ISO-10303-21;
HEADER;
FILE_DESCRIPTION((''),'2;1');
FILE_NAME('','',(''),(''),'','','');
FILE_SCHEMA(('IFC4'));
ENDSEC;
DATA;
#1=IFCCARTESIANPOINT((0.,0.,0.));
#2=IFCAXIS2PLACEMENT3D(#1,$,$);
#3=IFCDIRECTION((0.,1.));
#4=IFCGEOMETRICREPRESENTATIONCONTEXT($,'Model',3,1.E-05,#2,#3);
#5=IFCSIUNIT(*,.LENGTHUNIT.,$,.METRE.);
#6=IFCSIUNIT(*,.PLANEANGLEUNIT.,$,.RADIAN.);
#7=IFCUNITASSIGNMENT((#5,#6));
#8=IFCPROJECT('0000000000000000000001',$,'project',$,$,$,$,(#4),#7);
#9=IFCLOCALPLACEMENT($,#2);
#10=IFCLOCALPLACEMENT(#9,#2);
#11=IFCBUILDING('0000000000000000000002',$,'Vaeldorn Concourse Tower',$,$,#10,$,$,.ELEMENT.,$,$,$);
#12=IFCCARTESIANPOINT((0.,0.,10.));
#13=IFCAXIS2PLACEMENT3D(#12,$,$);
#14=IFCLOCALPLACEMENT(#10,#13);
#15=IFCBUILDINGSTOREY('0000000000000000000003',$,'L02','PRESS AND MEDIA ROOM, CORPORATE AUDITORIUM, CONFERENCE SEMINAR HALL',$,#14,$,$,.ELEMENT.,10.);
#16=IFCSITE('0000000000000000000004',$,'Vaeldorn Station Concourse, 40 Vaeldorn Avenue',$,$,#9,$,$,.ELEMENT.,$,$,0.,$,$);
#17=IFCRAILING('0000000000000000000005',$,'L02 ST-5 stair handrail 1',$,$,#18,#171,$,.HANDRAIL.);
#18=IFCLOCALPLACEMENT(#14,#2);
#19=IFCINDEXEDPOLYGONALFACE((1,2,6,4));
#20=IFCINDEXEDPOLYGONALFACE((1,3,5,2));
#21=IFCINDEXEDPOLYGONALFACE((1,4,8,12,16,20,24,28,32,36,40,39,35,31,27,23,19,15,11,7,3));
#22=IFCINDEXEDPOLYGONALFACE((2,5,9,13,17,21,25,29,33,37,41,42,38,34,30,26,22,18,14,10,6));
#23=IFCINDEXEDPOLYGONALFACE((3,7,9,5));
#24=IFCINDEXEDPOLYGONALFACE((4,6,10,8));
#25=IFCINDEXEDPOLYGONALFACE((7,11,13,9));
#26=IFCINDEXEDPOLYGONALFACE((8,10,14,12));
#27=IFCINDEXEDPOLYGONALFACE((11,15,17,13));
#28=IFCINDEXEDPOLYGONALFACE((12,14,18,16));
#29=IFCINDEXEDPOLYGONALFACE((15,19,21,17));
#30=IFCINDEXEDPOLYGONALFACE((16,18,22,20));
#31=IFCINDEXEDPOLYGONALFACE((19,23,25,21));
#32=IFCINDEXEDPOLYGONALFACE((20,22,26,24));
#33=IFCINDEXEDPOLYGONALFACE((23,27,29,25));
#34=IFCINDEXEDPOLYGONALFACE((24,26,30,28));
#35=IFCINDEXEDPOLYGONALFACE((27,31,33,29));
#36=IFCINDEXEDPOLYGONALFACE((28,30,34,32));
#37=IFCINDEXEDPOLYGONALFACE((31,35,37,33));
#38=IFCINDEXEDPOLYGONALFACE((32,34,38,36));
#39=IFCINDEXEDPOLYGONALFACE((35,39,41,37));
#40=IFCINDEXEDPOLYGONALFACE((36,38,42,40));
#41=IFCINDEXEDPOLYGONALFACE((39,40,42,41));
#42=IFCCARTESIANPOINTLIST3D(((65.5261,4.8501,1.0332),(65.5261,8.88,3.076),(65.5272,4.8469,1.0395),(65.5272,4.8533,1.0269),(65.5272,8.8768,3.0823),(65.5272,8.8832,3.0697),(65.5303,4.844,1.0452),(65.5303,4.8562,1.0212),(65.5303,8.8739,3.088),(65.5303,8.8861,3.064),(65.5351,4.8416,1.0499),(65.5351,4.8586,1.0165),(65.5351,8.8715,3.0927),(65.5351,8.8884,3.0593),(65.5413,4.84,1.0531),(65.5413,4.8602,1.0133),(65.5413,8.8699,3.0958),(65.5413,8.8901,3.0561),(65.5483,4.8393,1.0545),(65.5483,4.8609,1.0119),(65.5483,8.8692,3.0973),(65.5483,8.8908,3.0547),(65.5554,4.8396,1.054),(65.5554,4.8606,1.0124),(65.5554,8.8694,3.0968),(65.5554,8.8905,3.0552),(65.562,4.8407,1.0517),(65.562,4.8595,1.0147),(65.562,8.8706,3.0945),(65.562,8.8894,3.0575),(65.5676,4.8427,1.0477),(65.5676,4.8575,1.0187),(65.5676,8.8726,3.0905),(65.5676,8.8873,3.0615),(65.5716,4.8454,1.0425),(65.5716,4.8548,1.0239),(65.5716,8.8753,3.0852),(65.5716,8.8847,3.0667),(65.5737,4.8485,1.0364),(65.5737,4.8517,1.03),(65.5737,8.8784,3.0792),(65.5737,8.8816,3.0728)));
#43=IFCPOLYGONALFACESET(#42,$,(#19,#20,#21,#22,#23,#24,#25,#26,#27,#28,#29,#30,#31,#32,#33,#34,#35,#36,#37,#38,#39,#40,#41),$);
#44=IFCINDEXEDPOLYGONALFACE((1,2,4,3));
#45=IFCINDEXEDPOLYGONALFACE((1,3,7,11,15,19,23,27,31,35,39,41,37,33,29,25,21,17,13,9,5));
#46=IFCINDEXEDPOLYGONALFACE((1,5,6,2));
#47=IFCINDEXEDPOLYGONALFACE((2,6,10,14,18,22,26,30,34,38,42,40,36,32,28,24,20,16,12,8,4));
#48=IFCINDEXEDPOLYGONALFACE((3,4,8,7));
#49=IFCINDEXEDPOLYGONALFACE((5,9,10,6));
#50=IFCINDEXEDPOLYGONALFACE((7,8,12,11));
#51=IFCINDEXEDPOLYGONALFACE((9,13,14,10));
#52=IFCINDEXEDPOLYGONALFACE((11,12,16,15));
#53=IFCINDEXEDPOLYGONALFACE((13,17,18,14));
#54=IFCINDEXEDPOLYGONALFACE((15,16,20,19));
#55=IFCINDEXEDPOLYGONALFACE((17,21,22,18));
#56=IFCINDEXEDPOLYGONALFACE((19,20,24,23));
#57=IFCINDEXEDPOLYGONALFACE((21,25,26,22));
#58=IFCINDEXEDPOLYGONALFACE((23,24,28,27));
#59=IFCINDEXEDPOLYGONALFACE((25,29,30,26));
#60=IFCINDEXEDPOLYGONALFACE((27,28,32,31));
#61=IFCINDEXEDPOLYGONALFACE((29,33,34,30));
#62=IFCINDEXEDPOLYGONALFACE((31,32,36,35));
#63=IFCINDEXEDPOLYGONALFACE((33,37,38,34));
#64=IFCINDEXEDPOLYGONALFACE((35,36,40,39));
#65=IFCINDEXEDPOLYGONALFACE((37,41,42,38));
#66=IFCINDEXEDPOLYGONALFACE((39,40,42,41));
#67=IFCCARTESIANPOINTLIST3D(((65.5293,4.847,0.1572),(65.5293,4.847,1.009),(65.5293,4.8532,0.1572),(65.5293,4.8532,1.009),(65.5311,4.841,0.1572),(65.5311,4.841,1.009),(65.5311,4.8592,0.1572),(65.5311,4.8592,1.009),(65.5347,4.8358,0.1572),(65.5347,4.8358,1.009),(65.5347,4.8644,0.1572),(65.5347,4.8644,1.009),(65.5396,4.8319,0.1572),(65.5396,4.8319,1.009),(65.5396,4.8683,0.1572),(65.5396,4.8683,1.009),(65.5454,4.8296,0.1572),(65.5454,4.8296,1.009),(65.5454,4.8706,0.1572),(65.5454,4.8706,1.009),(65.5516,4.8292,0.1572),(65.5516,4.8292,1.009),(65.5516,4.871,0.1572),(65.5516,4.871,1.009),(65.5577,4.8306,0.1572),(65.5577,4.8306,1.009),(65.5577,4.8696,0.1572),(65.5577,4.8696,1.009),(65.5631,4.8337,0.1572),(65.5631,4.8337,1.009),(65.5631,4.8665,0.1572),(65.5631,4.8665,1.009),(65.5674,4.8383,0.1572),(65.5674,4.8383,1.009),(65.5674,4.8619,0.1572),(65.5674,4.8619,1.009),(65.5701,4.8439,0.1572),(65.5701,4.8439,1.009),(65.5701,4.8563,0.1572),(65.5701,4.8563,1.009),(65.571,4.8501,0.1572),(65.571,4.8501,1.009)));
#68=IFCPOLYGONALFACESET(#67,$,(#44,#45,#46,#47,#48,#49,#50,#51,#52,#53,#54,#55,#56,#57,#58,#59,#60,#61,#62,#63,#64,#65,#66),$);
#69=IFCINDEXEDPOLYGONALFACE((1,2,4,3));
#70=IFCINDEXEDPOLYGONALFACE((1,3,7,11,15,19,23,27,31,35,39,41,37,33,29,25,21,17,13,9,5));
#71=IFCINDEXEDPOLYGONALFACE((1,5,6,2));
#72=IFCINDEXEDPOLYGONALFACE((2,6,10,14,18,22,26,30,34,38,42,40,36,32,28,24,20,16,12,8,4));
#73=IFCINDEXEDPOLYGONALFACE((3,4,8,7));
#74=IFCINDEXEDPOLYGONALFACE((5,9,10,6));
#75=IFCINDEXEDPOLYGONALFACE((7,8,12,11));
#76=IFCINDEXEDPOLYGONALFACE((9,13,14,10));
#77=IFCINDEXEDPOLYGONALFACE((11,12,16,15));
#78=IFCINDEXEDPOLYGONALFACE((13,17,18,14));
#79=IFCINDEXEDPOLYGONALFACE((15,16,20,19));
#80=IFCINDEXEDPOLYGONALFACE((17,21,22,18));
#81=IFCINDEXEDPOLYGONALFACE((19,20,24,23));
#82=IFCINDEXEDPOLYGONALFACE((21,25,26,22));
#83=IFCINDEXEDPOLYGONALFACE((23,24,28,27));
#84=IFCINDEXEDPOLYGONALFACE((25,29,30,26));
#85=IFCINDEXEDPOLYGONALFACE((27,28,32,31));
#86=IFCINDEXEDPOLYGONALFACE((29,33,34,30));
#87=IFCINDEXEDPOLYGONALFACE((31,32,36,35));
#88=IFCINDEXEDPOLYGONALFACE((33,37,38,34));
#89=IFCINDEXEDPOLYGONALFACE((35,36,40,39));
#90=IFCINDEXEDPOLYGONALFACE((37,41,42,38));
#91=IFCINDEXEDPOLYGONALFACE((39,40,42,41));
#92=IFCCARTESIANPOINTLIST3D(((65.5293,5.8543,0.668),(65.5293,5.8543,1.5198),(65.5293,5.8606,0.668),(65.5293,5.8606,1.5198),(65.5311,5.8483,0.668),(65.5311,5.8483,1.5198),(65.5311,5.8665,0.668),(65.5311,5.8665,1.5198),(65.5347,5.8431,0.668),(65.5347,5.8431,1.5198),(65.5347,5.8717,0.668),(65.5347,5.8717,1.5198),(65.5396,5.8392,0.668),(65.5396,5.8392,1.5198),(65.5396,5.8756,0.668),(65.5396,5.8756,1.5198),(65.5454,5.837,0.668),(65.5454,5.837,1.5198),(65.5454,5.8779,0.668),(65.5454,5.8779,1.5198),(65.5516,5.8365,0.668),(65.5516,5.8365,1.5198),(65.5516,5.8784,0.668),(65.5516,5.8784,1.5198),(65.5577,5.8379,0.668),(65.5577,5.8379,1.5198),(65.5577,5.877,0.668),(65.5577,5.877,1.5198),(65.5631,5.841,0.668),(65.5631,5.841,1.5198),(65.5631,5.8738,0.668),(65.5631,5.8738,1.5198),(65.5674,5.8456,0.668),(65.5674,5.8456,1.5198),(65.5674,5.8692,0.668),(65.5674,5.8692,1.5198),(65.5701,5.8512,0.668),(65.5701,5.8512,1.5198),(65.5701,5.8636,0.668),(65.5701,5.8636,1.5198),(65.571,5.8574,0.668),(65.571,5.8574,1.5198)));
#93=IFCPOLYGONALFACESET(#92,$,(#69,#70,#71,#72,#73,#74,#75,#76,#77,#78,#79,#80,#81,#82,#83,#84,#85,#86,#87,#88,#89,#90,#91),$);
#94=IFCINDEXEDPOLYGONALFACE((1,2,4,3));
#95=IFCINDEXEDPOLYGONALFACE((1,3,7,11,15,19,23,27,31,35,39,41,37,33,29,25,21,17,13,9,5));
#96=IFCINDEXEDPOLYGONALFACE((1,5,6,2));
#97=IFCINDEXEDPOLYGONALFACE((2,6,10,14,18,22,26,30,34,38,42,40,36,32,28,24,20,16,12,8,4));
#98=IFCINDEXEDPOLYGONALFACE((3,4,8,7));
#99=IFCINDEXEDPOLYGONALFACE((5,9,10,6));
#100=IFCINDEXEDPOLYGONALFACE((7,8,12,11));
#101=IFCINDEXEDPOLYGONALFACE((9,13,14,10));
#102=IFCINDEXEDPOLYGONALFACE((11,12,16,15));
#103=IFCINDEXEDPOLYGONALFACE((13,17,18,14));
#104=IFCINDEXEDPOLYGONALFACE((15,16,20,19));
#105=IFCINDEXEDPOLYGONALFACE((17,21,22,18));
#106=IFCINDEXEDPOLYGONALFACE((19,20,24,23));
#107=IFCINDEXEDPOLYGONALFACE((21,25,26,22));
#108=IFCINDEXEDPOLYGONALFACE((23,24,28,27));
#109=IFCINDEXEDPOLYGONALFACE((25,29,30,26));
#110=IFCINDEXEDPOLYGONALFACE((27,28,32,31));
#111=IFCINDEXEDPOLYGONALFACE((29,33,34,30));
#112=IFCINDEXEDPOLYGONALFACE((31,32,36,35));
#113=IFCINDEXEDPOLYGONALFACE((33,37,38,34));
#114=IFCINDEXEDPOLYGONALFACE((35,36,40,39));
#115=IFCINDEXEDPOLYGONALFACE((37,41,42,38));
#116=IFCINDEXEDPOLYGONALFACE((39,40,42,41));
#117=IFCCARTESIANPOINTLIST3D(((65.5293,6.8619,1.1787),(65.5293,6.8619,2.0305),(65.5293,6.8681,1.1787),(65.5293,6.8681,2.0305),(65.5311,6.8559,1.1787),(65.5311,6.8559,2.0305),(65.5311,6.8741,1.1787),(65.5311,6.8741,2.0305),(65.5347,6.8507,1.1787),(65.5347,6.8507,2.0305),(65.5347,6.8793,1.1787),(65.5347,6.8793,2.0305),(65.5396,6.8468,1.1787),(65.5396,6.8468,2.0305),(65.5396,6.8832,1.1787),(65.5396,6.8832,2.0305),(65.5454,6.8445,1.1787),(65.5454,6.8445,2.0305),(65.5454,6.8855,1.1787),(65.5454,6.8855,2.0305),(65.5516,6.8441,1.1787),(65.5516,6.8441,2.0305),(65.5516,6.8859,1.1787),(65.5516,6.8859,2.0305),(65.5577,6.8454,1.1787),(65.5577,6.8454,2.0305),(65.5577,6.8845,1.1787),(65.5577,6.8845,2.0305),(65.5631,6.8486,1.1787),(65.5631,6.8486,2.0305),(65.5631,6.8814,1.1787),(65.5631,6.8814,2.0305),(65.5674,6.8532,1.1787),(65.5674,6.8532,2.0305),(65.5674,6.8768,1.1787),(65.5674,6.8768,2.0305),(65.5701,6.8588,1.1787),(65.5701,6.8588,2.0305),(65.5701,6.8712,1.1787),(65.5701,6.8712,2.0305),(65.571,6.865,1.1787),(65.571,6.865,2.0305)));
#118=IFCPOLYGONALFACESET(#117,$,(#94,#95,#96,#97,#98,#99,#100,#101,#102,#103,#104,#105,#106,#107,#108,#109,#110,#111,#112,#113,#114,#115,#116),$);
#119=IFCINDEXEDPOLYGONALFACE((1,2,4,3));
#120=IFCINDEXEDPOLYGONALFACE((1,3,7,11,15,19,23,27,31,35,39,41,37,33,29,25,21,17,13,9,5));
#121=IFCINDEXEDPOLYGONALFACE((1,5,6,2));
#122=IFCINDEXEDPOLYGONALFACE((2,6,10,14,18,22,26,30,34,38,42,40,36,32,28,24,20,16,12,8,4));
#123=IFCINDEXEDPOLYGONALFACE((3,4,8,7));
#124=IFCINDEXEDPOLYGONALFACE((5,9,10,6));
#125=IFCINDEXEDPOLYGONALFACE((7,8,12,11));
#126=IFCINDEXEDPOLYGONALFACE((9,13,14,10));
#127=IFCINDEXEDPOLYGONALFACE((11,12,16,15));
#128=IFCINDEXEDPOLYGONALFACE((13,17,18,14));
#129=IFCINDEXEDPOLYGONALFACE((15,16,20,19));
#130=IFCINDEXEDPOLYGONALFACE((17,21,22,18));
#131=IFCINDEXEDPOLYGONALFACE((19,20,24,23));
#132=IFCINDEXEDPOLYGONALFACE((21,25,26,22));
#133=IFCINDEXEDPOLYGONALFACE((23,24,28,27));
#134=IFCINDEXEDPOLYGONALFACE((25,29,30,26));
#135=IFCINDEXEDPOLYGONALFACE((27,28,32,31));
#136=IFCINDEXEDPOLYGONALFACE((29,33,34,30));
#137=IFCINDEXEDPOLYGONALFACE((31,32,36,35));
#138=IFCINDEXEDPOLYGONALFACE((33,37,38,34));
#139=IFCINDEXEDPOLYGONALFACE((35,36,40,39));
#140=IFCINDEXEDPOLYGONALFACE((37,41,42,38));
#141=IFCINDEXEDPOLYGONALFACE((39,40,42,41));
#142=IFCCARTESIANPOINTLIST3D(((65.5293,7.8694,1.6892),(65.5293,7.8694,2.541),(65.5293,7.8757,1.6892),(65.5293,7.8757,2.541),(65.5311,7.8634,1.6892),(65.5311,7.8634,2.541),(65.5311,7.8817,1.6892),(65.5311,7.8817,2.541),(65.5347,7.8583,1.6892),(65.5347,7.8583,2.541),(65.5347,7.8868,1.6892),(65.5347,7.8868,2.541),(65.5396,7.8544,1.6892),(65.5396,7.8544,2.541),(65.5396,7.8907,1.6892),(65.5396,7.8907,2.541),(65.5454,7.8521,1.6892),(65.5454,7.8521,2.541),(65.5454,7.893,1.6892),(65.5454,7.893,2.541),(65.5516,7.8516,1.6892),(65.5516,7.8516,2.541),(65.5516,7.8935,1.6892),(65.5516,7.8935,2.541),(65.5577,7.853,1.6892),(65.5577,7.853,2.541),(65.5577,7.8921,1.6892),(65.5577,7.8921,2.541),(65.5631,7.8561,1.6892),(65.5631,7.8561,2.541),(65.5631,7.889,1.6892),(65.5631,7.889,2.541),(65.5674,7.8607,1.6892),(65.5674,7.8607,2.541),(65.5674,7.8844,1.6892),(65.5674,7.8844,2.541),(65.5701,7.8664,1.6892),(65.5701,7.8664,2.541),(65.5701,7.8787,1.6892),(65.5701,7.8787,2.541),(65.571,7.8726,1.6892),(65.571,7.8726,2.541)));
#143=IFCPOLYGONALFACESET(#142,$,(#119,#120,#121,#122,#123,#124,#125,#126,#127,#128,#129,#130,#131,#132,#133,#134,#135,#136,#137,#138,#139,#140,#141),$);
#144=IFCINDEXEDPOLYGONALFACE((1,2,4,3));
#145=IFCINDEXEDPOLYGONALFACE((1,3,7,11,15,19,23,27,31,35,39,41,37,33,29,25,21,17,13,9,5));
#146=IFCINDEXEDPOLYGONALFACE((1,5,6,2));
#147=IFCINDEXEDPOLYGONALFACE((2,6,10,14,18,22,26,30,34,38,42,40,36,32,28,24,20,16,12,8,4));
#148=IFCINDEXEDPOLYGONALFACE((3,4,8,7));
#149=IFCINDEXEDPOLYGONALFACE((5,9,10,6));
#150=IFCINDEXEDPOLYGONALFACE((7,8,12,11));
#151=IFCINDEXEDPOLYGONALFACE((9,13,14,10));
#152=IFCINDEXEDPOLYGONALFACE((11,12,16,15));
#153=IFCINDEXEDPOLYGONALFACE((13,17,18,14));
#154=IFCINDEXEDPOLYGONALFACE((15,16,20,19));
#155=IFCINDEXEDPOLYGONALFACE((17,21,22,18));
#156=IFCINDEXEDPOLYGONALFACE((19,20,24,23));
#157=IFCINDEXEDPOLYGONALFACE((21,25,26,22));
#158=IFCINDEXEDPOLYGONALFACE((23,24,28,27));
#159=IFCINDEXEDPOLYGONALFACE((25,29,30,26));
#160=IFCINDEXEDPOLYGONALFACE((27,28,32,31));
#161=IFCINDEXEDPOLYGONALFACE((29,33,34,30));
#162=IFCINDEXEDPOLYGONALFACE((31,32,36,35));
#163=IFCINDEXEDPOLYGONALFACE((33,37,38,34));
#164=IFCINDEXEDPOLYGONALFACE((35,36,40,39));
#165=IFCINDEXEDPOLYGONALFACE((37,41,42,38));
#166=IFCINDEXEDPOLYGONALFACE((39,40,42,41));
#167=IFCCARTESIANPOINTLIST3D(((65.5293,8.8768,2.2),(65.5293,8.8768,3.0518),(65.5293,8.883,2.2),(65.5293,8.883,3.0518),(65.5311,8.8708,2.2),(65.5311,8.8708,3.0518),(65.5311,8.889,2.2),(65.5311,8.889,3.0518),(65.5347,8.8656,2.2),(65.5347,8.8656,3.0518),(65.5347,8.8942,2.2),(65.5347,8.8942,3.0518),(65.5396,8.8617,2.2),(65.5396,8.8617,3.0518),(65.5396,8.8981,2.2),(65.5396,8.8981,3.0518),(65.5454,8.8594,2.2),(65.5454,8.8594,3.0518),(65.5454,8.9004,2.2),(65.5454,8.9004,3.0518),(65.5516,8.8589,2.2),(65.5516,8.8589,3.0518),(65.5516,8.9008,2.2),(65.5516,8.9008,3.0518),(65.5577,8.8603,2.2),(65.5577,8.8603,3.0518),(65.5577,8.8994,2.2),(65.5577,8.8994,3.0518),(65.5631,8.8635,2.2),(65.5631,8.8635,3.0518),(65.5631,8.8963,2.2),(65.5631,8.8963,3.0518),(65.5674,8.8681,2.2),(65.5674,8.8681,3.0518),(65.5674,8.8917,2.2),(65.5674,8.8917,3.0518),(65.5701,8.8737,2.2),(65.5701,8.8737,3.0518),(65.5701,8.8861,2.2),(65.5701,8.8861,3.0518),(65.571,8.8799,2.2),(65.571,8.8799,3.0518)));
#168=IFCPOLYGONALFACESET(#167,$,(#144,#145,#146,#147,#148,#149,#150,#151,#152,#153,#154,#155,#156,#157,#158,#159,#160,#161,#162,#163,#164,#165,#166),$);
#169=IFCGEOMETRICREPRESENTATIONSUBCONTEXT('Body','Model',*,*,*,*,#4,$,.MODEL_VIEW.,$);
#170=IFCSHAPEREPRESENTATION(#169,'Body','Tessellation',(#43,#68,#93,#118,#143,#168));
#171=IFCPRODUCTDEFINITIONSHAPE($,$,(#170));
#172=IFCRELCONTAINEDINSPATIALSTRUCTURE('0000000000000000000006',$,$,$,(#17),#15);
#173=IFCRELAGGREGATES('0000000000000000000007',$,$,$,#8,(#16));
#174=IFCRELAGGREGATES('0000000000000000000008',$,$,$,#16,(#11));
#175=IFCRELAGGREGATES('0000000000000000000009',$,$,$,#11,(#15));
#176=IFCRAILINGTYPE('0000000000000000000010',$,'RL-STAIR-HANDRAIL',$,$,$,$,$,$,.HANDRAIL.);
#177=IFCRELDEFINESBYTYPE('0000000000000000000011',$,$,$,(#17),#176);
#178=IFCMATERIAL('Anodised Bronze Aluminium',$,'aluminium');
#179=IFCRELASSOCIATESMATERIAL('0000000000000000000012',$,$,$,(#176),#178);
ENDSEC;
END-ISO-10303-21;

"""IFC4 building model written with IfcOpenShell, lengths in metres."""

from ifc_helpers import new_model, si_unit, direction, frame, origin, origin_2d, place, context, subcontext, project, spatial, circle, extrude, material, type_object, element, save


model = new_model("IFC4")

# Units and contexts
model_context = context("Model", 3, precision=1e-05, world=origin(), true_north=direction((0.0, 1.0)))
body_context = subcontext(model_context, "Body", "Model", "MODEL_VIEW")
ifc_project = project(units=[si_unit("LENGTHUNIT", "METRE"), si_unit("PLANEANGLEUNIT", "RADIAN")], contexts=[model_context])

# Site, building, storey
site_placement = place(None, origin())
site = spatial("IfcSite", under=ifc_project, at=site_placement, Name="Vaeldorn Station Concourse, 40 Vaeldorn Avenue", CompositionType="ELEMENT", RefElevation=0.0)
building_placement = place(site_placement, origin())
building = spatial("IfcBuilding", under=site, at=building_placement, Name="Vaeldorn Concourse Tower", CompositionType="ELEMENT")
storey_placement = place(building_placement, frame((0.0, 0.0, 10.0)))
storey = spatial("IfcBuildingStorey", under=building, at=storey_placement, Name="L02", Description="PRESS AND MEDIA ROOM, CORPORATE AUDITORIUM, CONFERENCE SEMINAR HALL", CompositionType="ELEMENT", Elevation=10.0)

# Shared definitions
ifc_material_1 = material(Name="Anodised Bronze Aluminium", Category="aluminium")

# Railing
railing_type_1 = type_object("IfcRailingType", Name="RL-STAIR-HANDRAIL", PredefinedType="HANDRAIL", material=ifc_material_1)
railing_1_placement = place(storey_placement, frame((65.55, 4.8501, 0.1572)))
element("IfcRailing", 1, at=railing_1_placement, inside=storey, type_object=railing_type_1, Name="L02 ST-5 stair handrail 1", PredefinedType="HANDRAIL", context=body_context, shape_type="SweptSolid", body=[
    extrude(circle(Radius=0.0239, at=origin_2d()), frame((0.0, 0.0, 0.876), z_axis=(0.0, 0.891949, 0.452135), x_axis=(-1.0, 0.0, 0.0)), (0.0, 0.0, 1.0), 4.5181),
    extrude(circle(Radius=0.021, at=origin_2d()), origin(), (0.0, 0.0, 1.0), 0.8518),
    extrude(circle(Radius=0.021, at=origin_2d()), frame((0.0, 1.0073, 0.5107)), (0.0, 0.0, 1.0), 0.8518),
    extrude(circle(Radius=0.021, at=origin_2d()), frame((0.0, 2.0149, 1.0215)), (0.0, 0.0, 1.0), 0.8518),
    extrude(circle(Radius=0.021, at=origin_2d()), frame((0.0, 3.0225, 1.532)), (0.0, 0.0, 1.0), 0.8518),
    extrude(circle(Radius=0.021, at=origin_2d()), frame((0.0, 4.0298, 2.0427)), (0.0, 0.0, 1.0), 0.8518),
])

save(model, "model.ifc")
